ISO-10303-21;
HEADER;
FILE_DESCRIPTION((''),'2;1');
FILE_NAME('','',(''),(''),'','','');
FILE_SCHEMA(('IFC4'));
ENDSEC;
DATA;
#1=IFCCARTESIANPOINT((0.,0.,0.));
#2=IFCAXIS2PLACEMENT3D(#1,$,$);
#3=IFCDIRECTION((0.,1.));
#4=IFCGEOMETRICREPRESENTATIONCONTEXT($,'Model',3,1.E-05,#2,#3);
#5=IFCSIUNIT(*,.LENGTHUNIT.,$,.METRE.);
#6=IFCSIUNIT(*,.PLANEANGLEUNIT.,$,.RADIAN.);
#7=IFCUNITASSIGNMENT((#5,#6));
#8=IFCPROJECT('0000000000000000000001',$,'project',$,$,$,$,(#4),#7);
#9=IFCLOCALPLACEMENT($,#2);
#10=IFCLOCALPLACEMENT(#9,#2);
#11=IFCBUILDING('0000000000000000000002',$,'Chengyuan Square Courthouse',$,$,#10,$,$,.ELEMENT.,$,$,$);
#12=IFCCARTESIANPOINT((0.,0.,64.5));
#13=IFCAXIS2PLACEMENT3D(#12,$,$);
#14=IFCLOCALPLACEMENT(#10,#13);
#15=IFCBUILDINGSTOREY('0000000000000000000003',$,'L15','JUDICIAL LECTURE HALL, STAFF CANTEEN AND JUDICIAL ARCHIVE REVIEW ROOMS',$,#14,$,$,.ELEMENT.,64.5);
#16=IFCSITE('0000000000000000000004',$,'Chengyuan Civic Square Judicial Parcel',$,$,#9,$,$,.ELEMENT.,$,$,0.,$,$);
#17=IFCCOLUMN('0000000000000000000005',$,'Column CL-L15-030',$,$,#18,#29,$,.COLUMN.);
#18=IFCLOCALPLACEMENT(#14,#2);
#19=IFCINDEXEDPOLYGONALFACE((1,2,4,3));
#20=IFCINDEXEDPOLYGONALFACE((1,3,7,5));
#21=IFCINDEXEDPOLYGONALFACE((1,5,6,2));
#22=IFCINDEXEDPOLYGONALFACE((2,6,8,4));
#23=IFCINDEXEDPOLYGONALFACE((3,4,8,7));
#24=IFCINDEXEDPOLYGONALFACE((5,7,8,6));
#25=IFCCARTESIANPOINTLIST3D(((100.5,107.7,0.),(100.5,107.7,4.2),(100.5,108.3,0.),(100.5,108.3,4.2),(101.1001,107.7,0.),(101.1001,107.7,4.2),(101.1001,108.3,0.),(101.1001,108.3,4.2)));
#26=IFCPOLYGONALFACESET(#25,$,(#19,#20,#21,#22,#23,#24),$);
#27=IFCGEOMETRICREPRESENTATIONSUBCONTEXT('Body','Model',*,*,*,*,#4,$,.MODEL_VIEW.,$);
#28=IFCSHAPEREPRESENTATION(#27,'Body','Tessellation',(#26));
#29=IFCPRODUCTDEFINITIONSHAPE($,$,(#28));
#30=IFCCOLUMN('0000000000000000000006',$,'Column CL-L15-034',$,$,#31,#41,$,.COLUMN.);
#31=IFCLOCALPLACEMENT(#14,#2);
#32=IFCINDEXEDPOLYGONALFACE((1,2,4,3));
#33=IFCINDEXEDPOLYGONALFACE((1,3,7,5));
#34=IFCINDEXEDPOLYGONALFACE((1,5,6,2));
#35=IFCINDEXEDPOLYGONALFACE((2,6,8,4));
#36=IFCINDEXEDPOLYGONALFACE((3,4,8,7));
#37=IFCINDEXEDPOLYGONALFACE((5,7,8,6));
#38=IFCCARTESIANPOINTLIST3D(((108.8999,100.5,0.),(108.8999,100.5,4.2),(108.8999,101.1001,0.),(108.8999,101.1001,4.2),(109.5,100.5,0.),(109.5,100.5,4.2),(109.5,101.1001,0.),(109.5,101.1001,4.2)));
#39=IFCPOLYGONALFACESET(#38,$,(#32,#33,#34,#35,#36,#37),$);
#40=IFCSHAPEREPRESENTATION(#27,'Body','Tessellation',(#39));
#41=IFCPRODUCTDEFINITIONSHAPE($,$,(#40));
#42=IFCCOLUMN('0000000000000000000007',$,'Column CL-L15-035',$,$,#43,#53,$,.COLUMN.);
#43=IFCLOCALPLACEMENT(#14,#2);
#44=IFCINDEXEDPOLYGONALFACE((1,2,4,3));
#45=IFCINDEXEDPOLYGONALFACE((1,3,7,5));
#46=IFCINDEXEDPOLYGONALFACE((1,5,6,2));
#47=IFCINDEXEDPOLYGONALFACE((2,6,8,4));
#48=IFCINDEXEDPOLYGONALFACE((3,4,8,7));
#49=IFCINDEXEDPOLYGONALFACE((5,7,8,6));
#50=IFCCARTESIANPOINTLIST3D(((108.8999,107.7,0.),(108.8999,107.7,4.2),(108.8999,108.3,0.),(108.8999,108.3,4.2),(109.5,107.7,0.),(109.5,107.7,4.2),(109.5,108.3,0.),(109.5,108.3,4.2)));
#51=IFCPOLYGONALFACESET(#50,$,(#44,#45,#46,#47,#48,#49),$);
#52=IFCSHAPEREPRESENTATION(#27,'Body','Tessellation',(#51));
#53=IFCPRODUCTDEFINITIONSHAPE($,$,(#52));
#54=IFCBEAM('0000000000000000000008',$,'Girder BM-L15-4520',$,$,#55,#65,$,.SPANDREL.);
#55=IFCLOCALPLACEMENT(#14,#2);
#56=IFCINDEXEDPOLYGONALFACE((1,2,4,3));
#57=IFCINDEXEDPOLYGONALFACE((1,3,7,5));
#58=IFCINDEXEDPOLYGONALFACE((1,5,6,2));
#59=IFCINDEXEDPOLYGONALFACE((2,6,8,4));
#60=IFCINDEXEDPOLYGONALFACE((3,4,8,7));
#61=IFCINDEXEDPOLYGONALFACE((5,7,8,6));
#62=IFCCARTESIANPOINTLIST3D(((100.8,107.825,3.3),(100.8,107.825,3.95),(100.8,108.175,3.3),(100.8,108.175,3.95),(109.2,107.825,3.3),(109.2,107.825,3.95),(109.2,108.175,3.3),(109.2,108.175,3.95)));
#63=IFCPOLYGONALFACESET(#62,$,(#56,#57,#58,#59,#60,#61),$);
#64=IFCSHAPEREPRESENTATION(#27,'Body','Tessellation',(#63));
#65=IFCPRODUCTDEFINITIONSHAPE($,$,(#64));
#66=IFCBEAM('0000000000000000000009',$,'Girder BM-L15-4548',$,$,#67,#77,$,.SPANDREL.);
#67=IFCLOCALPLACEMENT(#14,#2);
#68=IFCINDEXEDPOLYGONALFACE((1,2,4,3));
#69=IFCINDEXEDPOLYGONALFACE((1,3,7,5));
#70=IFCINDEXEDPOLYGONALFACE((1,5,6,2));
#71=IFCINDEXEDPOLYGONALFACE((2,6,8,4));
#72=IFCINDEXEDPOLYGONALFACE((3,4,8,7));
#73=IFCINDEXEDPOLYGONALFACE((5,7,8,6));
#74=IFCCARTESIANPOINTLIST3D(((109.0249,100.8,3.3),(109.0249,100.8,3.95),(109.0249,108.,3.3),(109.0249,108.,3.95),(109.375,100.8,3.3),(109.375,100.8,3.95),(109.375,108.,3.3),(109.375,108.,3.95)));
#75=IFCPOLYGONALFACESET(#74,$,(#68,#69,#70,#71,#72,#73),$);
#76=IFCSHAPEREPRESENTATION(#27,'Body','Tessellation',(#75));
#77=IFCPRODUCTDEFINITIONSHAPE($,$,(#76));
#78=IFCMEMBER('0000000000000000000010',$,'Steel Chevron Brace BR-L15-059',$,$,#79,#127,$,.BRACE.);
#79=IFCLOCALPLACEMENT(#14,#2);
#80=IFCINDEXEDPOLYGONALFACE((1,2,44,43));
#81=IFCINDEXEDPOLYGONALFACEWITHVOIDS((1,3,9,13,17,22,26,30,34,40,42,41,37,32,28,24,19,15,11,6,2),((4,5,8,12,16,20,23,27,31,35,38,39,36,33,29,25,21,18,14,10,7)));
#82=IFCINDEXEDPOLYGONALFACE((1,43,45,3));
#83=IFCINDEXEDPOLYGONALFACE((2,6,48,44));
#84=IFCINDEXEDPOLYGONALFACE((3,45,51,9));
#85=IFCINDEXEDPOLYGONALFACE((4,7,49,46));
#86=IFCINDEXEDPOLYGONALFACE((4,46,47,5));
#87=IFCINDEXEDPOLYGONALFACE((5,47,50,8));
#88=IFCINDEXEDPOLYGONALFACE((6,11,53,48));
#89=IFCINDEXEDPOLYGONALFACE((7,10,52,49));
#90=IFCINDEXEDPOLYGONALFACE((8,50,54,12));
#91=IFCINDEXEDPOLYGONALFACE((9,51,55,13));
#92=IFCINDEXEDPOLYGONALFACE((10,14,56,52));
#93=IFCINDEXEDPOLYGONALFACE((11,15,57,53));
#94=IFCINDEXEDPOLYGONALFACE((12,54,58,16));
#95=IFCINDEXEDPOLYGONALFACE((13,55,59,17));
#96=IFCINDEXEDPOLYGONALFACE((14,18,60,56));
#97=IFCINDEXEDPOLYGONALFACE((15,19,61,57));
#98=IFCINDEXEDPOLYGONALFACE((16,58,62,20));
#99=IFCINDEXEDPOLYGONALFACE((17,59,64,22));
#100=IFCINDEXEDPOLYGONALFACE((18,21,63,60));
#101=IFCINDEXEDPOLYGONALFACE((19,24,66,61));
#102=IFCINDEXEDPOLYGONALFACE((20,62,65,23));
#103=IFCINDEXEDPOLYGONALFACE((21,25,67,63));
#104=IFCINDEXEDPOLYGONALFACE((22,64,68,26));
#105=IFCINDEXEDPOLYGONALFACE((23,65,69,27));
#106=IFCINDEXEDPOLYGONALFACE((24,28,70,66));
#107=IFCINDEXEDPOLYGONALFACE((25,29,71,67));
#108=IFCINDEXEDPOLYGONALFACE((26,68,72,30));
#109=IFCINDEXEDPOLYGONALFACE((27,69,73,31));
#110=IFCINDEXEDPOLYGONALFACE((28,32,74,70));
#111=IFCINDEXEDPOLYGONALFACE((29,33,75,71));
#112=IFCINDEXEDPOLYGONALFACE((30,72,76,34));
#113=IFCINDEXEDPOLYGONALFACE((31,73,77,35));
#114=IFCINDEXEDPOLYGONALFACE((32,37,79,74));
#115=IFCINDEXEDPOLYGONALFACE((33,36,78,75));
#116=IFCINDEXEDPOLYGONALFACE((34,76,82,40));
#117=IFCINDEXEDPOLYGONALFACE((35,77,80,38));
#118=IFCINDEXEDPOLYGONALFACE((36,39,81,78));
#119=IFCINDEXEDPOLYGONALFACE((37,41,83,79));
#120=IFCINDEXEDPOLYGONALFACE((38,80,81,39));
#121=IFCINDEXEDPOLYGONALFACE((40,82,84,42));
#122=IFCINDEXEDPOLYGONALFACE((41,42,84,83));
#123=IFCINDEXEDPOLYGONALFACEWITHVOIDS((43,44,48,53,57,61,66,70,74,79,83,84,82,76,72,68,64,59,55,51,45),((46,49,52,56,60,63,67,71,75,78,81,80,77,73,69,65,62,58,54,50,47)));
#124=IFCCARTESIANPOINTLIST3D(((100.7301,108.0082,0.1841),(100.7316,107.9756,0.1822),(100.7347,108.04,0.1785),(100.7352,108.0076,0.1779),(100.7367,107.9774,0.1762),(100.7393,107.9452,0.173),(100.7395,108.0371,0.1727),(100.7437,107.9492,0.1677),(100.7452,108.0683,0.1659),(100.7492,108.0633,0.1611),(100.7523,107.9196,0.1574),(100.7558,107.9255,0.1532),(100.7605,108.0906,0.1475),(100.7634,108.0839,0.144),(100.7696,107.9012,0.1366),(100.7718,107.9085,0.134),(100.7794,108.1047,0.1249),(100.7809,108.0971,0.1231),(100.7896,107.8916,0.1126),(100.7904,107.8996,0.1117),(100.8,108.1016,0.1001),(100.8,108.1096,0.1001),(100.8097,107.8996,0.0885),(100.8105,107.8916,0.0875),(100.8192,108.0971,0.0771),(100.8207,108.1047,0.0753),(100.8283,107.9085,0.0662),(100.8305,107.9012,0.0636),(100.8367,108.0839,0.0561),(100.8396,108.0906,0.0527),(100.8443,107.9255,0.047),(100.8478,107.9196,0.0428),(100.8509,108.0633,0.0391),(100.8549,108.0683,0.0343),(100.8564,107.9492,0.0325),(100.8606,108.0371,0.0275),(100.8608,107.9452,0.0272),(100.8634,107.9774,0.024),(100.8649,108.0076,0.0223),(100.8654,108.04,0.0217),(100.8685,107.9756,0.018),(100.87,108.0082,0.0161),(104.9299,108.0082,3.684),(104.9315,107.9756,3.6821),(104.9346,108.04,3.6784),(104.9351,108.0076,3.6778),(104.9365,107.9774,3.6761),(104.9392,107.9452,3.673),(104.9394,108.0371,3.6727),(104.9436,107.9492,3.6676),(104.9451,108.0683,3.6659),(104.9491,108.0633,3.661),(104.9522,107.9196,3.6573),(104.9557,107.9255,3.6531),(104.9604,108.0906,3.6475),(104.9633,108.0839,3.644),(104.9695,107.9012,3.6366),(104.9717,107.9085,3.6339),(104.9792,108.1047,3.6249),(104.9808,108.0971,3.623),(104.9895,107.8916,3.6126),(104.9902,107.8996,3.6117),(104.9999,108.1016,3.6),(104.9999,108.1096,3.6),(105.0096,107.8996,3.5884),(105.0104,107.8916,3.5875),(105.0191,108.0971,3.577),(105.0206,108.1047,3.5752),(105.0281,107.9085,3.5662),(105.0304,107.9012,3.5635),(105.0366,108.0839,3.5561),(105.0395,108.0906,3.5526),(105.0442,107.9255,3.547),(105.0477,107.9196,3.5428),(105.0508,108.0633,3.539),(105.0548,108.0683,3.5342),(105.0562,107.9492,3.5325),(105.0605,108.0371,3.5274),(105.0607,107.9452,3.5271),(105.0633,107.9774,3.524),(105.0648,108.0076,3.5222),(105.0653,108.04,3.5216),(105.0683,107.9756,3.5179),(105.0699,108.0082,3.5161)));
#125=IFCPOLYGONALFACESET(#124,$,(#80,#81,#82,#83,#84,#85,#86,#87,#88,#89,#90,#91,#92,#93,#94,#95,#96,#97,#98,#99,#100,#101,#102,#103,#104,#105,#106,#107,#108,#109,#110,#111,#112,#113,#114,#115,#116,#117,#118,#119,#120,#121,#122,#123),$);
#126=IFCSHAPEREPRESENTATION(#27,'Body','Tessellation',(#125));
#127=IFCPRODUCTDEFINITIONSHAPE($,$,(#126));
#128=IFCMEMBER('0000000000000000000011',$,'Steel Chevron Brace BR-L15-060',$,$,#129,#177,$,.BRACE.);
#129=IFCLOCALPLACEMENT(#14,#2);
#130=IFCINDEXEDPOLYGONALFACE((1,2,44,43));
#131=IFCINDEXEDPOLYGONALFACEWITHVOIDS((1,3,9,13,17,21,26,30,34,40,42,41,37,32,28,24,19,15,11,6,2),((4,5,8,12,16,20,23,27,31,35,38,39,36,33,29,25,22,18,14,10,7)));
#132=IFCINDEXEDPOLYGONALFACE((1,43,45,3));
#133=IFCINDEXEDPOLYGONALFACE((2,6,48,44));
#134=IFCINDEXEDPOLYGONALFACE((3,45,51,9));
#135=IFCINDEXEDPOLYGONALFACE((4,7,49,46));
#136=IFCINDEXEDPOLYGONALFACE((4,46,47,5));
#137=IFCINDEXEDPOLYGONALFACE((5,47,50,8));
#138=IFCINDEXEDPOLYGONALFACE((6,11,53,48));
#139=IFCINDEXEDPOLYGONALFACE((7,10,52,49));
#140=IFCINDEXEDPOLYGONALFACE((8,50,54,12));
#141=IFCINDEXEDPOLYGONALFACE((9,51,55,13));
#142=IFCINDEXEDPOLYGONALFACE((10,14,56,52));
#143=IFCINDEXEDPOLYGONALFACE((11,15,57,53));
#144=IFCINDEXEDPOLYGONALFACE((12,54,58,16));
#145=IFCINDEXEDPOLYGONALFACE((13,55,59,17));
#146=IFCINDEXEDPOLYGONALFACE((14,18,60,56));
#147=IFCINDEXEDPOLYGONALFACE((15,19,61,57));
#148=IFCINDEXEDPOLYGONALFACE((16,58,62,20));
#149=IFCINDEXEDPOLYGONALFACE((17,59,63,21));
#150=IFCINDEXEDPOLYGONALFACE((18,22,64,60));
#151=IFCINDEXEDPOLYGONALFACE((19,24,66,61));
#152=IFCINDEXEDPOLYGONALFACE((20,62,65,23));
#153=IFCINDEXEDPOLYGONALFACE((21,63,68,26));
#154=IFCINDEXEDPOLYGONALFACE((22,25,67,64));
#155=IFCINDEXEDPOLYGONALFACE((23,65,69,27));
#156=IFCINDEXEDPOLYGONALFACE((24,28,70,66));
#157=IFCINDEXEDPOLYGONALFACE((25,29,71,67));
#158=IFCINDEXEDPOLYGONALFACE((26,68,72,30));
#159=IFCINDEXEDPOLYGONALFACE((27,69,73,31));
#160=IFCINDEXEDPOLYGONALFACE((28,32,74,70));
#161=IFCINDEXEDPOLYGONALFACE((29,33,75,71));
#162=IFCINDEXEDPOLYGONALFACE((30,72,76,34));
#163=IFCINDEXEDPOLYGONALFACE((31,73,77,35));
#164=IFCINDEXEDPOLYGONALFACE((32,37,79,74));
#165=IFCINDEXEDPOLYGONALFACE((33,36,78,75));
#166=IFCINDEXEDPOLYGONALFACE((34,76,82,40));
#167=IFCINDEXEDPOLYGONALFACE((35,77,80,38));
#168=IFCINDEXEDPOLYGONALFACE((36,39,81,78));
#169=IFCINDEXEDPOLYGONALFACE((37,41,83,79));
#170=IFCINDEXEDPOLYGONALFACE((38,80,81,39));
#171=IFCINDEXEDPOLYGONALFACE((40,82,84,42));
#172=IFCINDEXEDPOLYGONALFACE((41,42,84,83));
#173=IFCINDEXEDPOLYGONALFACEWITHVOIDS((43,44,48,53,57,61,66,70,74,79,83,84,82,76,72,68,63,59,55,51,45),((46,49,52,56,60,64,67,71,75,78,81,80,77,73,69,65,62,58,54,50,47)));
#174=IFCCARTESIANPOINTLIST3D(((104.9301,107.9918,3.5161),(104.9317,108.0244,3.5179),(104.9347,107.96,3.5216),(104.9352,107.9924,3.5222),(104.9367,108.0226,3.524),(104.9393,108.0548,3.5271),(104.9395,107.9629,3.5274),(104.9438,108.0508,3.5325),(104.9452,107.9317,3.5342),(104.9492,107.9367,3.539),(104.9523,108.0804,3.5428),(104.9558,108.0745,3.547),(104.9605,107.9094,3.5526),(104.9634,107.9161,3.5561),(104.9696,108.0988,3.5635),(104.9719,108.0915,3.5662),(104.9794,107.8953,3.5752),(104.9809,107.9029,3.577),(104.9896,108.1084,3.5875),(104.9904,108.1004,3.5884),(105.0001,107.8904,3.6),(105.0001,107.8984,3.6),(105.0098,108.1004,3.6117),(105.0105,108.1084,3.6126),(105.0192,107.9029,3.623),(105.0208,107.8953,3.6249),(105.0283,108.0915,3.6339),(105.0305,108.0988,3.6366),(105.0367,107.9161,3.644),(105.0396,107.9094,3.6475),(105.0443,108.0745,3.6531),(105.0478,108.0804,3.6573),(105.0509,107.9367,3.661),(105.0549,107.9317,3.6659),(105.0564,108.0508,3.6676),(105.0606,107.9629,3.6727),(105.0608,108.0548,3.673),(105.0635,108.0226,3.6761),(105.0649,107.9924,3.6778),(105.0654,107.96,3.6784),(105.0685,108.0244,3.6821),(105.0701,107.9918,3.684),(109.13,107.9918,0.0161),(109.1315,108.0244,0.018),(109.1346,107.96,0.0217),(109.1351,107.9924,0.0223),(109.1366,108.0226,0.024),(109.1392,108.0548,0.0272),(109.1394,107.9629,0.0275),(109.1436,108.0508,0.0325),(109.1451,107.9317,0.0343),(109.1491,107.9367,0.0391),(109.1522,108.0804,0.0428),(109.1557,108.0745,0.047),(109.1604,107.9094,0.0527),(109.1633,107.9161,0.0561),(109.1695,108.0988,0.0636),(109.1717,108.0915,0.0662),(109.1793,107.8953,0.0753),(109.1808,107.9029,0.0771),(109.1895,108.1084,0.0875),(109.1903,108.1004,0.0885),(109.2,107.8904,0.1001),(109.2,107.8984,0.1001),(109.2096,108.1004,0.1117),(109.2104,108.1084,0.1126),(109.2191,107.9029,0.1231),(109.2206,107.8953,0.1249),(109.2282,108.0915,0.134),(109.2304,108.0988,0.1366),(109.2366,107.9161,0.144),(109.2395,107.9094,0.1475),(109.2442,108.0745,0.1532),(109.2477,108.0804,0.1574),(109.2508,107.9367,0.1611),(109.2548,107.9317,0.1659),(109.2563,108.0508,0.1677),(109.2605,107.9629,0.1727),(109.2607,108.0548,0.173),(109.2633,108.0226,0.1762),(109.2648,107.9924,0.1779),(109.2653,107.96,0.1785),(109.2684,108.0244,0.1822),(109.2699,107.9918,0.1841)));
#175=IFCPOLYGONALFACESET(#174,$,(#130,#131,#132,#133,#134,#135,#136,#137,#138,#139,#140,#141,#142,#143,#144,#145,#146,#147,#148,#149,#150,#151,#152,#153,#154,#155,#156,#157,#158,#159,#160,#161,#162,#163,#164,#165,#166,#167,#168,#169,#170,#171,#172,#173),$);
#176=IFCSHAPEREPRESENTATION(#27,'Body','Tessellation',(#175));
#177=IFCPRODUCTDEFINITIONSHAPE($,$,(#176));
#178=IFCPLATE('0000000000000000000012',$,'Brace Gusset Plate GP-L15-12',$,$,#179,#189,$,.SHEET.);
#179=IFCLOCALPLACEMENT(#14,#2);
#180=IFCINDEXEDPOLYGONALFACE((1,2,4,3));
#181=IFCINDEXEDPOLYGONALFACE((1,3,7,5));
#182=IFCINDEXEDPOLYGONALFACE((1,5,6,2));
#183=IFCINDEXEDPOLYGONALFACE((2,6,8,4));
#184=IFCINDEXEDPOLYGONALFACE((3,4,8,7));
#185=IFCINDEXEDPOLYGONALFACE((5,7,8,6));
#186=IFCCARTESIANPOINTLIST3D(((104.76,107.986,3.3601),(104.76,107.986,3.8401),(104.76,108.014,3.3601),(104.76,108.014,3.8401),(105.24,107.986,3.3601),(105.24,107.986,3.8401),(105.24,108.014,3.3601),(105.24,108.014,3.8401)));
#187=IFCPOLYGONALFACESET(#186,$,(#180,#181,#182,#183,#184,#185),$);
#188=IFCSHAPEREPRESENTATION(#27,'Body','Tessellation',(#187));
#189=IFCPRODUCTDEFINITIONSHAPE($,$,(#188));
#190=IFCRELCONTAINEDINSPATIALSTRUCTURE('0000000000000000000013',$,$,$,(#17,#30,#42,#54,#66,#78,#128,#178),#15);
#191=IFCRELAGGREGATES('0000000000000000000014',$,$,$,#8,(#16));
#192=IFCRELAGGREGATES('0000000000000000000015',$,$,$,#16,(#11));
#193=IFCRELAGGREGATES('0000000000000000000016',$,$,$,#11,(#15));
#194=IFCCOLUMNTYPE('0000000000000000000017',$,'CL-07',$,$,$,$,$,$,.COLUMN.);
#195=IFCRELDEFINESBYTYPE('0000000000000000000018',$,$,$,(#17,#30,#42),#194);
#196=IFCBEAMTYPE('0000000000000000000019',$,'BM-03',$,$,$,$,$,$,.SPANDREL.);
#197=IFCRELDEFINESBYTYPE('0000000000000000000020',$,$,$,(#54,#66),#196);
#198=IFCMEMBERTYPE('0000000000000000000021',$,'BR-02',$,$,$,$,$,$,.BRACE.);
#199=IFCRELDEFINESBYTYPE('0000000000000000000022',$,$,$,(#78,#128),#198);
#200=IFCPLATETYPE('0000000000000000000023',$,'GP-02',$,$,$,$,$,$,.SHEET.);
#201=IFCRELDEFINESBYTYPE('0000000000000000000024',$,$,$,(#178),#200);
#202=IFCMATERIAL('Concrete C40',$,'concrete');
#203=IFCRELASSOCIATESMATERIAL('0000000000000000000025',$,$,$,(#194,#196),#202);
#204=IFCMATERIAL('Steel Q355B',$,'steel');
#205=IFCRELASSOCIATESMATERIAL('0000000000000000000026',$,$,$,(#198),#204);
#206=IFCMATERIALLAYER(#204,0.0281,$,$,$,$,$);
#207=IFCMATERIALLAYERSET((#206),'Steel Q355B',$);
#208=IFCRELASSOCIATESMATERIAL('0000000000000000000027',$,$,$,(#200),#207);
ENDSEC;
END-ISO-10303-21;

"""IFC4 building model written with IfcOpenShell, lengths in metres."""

from ifc_helpers import new_model, si_unit, direction, frame, origin, origin_2d, place, context, subcontext, project, spatial, rectangle, hollow_circle, extrude, material, layer, layer_set, material_profile, profile_set, type_object, element, save


model = new_model("IFC4")

# Units and contexts
model_context = context("Model", 3, precision=1e-05, world=origin(), true_north=direction((0.0, 1.0)))
body_context = subcontext(model_context, "Body", "Model", "MODEL_VIEW")
ifc_project = project(units=[si_unit("LENGTHUNIT", "METRE"), si_unit("PLANEANGLEUNIT", "RADIAN")], contexts=[model_context])

# Site, building, storey
site_placement = place(None, origin())
site = spatial("IfcSite", under=ifc_project, at=site_placement, Name="Chengyuan Civic Square Judicial Parcel", CompositionType="ELEMENT", RefElevation=0.0)
building_placement = place(site_placement, origin())
building = spatial("IfcBuilding", under=site, at=building_placement, Name="Chengyuan Square Courthouse", CompositionType="ELEMENT")
storey_placement = place(building_placement, frame((0.0, 0.0, 64.5)))
storey = spatial("IfcBuildingStorey", under=building, at=storey_placement, Name="L15", Description="JUDICIAL LECTURE HALL, STAFF CANTEEN AND JUDICIAL ARCHIVE REVIEW ROOMS", CompositionType="ELEMENT", Elevation=64.5)

# Columns
ifc_material_1 = material(Name="Concrete C40", Category="concrete")
ifc_material_profile_1 = material_profile(ifc_material_1, rectangle(XDim=0.6001, YDim=0.6001, at=origin_2d()), Name="RC-COL-600x600")
ifc_profile_set_1 = profile_set([ifc_material_profile_1], Name="Concrete C40")
column_type = type_object("IfcColumnType", Name="CL-07", PredefinedType="COLUMN", material=ifc_profile_set_1)
for number, where, z_axis, x_axis, name in (
    (1, (100.8, 108.0, 0.0), (0.0, 0.0, 1.0), (1.0, 0.0, 0.0), "Column CL-L15-030"),
    (2, (109.2, 100.8, 0.0), (0.0, 0.0, 1.0), (1.0, 0.0, 0.0), "Column CL-L15-034"),
    (3, (109.2, 108.0, 0.0), (0.0, 0.0, 1.0), (1.0, 0.0, 0.0), "Column CL-L15-035"),
):
    element("IfcColumn", number, at=place(storey_placement, frame(where, z_axis=z_axis, x_axis=x_axis)), inside=storey, type_object=column_type, Name=name, PredefinedType="COLUMN", context=body_context, shape_type="SweptSolid", body=[
        extrude(rectangle(XDim=0.6001, YDim=0.6001, at=origin_2d()), origin(), (0.0, 0.0, 1.0), 4.2),
    ])

# Beams
ifc_material_profile_2 = material_profile(ifc_material_1, rectangle(XDim=0.3501, YDim=0.6499, at=origin_2d()), Name="RC-BM-350x650")
ifc_profile_set_2 = profile_set([ifc_material_profile_2], Name="Concrete C40")
beam_type = type_object("IfcBeamType", Name="BM-03", PredefinedType="SPANDREL", material=ifc_profile_set_2)
beam_1_placement = place(storey_placement, frame((100.8, 108.0, 3.625), z_axis=(1.0, 0.0, 0.0), x_axis=(0.0, 1.0, 0.0)))
element("IfcBeam", 4, at=beam_1_placement, inside=storey, type_object=beam_type, Name="Girder BM-L15-4520", PredefinedType="SPANDREL", context=body_context, shape_type="SweptSolid", body=[
    extrude(rectangle(XDim=0.3501, YDim=0.6499, at=origin_2d()), origin(), (0.0, 0.0, 1.0), 8.3999),
])
beam_2_placement = place(storey_placement, frame((109.2, 100.8, 3.625), z_axis=(0.0, 1.0, 0.0), x_axis=(-1.0, 0.0, 0.0)))
element("IfcBeam", 5, at=beam_2_placement, inside=storey, type_object=beam_type, Name="Girder BM-L15-4548", PredefinedType="SPANDREL", context=body_context, shape_type="SweptSolid", body=[
    extrude(rectangle(XDim=0.3501, YDim=0.6499, at=origin_2d()), origin(), (0.0, 0.0, 1.0), 7.2),
])

# Members
ifc_material_2 = material(Name="Steel Q355B", Category="steel")
ifc_material_profile_3 = material_profile(ifc_material_2, hollow_circle(Radius=0.1096, WallThickness=0.0081, at=origin_2d()), Name="CHS 219x8")
ifc_profile_set_3 = profile_set([ifc_material_profile_3], Name="Steel Q355B")
member_type = type_object("IfcMemberType", Name="BR-02", PredefinedType="BRACE", material=ifc_profile_set_3)
for number, where, z_axis, x_axis, name in (
    (6, (100.8, 108.0, 0.1001), (0.768218, 0.0, 0.640189), (0.0, 1.0, 0.0), "Steel Chevron Brace BR-L15-059"),
    (7, (109.2, 108.0, 0.1001), (-0.768218, 0.0, 0.640189), (0.0, -1.0, 0.0), "Steel Chevron Brace BR-L15-060"),
):
    element("IfcMember", number, at=place(storey_placement, frame(where, z_axis=z_axis, x_axis=x_axis)), inside=storey, type_object=member_type, Name=name, PredefinedType="BRACE", context=body_context, shape_type="SweptSolid", body=[
        extrude(hollow_circle(Radius=0.1096, WallThickness=0.0081, at=origin_2d()), origin(), (0.0, 0.0, 1.0), 5.467),
    ])

# Plate
ifc_layer_1 = layer(ifc_material_2, 0.0281)
ifc_layer_set_1 = layer_set([ifc_layer_1], Name="Steel Q355B")
plate_type = type_object("IfcPlateType", Name="GP-02", PredefinedType="SHEET", material=ifc_layer_set_1)
plate_placement = place(storey_placement, frame((105.0, 108.0, 3.3601), z_axis=(0.0, 0.0, 1.0), x_axis=(1.0, 0.0, 0.0)))
element("IfcPlate", 8, at=plate_placement, inside=storey, type_object=plate_type, Name="Brace Gusset Plate GP-L15-12", PredefinedType="SHEET", context=body_context, shape_type="SweptSolid", body=[
    extrude(rectangle(XDim=0.48, YDim=0.0281, at=origin_2d()), origin(), (0.0, 0.0, 1.0), 0.48),
])

save(model, "model.ifc")
